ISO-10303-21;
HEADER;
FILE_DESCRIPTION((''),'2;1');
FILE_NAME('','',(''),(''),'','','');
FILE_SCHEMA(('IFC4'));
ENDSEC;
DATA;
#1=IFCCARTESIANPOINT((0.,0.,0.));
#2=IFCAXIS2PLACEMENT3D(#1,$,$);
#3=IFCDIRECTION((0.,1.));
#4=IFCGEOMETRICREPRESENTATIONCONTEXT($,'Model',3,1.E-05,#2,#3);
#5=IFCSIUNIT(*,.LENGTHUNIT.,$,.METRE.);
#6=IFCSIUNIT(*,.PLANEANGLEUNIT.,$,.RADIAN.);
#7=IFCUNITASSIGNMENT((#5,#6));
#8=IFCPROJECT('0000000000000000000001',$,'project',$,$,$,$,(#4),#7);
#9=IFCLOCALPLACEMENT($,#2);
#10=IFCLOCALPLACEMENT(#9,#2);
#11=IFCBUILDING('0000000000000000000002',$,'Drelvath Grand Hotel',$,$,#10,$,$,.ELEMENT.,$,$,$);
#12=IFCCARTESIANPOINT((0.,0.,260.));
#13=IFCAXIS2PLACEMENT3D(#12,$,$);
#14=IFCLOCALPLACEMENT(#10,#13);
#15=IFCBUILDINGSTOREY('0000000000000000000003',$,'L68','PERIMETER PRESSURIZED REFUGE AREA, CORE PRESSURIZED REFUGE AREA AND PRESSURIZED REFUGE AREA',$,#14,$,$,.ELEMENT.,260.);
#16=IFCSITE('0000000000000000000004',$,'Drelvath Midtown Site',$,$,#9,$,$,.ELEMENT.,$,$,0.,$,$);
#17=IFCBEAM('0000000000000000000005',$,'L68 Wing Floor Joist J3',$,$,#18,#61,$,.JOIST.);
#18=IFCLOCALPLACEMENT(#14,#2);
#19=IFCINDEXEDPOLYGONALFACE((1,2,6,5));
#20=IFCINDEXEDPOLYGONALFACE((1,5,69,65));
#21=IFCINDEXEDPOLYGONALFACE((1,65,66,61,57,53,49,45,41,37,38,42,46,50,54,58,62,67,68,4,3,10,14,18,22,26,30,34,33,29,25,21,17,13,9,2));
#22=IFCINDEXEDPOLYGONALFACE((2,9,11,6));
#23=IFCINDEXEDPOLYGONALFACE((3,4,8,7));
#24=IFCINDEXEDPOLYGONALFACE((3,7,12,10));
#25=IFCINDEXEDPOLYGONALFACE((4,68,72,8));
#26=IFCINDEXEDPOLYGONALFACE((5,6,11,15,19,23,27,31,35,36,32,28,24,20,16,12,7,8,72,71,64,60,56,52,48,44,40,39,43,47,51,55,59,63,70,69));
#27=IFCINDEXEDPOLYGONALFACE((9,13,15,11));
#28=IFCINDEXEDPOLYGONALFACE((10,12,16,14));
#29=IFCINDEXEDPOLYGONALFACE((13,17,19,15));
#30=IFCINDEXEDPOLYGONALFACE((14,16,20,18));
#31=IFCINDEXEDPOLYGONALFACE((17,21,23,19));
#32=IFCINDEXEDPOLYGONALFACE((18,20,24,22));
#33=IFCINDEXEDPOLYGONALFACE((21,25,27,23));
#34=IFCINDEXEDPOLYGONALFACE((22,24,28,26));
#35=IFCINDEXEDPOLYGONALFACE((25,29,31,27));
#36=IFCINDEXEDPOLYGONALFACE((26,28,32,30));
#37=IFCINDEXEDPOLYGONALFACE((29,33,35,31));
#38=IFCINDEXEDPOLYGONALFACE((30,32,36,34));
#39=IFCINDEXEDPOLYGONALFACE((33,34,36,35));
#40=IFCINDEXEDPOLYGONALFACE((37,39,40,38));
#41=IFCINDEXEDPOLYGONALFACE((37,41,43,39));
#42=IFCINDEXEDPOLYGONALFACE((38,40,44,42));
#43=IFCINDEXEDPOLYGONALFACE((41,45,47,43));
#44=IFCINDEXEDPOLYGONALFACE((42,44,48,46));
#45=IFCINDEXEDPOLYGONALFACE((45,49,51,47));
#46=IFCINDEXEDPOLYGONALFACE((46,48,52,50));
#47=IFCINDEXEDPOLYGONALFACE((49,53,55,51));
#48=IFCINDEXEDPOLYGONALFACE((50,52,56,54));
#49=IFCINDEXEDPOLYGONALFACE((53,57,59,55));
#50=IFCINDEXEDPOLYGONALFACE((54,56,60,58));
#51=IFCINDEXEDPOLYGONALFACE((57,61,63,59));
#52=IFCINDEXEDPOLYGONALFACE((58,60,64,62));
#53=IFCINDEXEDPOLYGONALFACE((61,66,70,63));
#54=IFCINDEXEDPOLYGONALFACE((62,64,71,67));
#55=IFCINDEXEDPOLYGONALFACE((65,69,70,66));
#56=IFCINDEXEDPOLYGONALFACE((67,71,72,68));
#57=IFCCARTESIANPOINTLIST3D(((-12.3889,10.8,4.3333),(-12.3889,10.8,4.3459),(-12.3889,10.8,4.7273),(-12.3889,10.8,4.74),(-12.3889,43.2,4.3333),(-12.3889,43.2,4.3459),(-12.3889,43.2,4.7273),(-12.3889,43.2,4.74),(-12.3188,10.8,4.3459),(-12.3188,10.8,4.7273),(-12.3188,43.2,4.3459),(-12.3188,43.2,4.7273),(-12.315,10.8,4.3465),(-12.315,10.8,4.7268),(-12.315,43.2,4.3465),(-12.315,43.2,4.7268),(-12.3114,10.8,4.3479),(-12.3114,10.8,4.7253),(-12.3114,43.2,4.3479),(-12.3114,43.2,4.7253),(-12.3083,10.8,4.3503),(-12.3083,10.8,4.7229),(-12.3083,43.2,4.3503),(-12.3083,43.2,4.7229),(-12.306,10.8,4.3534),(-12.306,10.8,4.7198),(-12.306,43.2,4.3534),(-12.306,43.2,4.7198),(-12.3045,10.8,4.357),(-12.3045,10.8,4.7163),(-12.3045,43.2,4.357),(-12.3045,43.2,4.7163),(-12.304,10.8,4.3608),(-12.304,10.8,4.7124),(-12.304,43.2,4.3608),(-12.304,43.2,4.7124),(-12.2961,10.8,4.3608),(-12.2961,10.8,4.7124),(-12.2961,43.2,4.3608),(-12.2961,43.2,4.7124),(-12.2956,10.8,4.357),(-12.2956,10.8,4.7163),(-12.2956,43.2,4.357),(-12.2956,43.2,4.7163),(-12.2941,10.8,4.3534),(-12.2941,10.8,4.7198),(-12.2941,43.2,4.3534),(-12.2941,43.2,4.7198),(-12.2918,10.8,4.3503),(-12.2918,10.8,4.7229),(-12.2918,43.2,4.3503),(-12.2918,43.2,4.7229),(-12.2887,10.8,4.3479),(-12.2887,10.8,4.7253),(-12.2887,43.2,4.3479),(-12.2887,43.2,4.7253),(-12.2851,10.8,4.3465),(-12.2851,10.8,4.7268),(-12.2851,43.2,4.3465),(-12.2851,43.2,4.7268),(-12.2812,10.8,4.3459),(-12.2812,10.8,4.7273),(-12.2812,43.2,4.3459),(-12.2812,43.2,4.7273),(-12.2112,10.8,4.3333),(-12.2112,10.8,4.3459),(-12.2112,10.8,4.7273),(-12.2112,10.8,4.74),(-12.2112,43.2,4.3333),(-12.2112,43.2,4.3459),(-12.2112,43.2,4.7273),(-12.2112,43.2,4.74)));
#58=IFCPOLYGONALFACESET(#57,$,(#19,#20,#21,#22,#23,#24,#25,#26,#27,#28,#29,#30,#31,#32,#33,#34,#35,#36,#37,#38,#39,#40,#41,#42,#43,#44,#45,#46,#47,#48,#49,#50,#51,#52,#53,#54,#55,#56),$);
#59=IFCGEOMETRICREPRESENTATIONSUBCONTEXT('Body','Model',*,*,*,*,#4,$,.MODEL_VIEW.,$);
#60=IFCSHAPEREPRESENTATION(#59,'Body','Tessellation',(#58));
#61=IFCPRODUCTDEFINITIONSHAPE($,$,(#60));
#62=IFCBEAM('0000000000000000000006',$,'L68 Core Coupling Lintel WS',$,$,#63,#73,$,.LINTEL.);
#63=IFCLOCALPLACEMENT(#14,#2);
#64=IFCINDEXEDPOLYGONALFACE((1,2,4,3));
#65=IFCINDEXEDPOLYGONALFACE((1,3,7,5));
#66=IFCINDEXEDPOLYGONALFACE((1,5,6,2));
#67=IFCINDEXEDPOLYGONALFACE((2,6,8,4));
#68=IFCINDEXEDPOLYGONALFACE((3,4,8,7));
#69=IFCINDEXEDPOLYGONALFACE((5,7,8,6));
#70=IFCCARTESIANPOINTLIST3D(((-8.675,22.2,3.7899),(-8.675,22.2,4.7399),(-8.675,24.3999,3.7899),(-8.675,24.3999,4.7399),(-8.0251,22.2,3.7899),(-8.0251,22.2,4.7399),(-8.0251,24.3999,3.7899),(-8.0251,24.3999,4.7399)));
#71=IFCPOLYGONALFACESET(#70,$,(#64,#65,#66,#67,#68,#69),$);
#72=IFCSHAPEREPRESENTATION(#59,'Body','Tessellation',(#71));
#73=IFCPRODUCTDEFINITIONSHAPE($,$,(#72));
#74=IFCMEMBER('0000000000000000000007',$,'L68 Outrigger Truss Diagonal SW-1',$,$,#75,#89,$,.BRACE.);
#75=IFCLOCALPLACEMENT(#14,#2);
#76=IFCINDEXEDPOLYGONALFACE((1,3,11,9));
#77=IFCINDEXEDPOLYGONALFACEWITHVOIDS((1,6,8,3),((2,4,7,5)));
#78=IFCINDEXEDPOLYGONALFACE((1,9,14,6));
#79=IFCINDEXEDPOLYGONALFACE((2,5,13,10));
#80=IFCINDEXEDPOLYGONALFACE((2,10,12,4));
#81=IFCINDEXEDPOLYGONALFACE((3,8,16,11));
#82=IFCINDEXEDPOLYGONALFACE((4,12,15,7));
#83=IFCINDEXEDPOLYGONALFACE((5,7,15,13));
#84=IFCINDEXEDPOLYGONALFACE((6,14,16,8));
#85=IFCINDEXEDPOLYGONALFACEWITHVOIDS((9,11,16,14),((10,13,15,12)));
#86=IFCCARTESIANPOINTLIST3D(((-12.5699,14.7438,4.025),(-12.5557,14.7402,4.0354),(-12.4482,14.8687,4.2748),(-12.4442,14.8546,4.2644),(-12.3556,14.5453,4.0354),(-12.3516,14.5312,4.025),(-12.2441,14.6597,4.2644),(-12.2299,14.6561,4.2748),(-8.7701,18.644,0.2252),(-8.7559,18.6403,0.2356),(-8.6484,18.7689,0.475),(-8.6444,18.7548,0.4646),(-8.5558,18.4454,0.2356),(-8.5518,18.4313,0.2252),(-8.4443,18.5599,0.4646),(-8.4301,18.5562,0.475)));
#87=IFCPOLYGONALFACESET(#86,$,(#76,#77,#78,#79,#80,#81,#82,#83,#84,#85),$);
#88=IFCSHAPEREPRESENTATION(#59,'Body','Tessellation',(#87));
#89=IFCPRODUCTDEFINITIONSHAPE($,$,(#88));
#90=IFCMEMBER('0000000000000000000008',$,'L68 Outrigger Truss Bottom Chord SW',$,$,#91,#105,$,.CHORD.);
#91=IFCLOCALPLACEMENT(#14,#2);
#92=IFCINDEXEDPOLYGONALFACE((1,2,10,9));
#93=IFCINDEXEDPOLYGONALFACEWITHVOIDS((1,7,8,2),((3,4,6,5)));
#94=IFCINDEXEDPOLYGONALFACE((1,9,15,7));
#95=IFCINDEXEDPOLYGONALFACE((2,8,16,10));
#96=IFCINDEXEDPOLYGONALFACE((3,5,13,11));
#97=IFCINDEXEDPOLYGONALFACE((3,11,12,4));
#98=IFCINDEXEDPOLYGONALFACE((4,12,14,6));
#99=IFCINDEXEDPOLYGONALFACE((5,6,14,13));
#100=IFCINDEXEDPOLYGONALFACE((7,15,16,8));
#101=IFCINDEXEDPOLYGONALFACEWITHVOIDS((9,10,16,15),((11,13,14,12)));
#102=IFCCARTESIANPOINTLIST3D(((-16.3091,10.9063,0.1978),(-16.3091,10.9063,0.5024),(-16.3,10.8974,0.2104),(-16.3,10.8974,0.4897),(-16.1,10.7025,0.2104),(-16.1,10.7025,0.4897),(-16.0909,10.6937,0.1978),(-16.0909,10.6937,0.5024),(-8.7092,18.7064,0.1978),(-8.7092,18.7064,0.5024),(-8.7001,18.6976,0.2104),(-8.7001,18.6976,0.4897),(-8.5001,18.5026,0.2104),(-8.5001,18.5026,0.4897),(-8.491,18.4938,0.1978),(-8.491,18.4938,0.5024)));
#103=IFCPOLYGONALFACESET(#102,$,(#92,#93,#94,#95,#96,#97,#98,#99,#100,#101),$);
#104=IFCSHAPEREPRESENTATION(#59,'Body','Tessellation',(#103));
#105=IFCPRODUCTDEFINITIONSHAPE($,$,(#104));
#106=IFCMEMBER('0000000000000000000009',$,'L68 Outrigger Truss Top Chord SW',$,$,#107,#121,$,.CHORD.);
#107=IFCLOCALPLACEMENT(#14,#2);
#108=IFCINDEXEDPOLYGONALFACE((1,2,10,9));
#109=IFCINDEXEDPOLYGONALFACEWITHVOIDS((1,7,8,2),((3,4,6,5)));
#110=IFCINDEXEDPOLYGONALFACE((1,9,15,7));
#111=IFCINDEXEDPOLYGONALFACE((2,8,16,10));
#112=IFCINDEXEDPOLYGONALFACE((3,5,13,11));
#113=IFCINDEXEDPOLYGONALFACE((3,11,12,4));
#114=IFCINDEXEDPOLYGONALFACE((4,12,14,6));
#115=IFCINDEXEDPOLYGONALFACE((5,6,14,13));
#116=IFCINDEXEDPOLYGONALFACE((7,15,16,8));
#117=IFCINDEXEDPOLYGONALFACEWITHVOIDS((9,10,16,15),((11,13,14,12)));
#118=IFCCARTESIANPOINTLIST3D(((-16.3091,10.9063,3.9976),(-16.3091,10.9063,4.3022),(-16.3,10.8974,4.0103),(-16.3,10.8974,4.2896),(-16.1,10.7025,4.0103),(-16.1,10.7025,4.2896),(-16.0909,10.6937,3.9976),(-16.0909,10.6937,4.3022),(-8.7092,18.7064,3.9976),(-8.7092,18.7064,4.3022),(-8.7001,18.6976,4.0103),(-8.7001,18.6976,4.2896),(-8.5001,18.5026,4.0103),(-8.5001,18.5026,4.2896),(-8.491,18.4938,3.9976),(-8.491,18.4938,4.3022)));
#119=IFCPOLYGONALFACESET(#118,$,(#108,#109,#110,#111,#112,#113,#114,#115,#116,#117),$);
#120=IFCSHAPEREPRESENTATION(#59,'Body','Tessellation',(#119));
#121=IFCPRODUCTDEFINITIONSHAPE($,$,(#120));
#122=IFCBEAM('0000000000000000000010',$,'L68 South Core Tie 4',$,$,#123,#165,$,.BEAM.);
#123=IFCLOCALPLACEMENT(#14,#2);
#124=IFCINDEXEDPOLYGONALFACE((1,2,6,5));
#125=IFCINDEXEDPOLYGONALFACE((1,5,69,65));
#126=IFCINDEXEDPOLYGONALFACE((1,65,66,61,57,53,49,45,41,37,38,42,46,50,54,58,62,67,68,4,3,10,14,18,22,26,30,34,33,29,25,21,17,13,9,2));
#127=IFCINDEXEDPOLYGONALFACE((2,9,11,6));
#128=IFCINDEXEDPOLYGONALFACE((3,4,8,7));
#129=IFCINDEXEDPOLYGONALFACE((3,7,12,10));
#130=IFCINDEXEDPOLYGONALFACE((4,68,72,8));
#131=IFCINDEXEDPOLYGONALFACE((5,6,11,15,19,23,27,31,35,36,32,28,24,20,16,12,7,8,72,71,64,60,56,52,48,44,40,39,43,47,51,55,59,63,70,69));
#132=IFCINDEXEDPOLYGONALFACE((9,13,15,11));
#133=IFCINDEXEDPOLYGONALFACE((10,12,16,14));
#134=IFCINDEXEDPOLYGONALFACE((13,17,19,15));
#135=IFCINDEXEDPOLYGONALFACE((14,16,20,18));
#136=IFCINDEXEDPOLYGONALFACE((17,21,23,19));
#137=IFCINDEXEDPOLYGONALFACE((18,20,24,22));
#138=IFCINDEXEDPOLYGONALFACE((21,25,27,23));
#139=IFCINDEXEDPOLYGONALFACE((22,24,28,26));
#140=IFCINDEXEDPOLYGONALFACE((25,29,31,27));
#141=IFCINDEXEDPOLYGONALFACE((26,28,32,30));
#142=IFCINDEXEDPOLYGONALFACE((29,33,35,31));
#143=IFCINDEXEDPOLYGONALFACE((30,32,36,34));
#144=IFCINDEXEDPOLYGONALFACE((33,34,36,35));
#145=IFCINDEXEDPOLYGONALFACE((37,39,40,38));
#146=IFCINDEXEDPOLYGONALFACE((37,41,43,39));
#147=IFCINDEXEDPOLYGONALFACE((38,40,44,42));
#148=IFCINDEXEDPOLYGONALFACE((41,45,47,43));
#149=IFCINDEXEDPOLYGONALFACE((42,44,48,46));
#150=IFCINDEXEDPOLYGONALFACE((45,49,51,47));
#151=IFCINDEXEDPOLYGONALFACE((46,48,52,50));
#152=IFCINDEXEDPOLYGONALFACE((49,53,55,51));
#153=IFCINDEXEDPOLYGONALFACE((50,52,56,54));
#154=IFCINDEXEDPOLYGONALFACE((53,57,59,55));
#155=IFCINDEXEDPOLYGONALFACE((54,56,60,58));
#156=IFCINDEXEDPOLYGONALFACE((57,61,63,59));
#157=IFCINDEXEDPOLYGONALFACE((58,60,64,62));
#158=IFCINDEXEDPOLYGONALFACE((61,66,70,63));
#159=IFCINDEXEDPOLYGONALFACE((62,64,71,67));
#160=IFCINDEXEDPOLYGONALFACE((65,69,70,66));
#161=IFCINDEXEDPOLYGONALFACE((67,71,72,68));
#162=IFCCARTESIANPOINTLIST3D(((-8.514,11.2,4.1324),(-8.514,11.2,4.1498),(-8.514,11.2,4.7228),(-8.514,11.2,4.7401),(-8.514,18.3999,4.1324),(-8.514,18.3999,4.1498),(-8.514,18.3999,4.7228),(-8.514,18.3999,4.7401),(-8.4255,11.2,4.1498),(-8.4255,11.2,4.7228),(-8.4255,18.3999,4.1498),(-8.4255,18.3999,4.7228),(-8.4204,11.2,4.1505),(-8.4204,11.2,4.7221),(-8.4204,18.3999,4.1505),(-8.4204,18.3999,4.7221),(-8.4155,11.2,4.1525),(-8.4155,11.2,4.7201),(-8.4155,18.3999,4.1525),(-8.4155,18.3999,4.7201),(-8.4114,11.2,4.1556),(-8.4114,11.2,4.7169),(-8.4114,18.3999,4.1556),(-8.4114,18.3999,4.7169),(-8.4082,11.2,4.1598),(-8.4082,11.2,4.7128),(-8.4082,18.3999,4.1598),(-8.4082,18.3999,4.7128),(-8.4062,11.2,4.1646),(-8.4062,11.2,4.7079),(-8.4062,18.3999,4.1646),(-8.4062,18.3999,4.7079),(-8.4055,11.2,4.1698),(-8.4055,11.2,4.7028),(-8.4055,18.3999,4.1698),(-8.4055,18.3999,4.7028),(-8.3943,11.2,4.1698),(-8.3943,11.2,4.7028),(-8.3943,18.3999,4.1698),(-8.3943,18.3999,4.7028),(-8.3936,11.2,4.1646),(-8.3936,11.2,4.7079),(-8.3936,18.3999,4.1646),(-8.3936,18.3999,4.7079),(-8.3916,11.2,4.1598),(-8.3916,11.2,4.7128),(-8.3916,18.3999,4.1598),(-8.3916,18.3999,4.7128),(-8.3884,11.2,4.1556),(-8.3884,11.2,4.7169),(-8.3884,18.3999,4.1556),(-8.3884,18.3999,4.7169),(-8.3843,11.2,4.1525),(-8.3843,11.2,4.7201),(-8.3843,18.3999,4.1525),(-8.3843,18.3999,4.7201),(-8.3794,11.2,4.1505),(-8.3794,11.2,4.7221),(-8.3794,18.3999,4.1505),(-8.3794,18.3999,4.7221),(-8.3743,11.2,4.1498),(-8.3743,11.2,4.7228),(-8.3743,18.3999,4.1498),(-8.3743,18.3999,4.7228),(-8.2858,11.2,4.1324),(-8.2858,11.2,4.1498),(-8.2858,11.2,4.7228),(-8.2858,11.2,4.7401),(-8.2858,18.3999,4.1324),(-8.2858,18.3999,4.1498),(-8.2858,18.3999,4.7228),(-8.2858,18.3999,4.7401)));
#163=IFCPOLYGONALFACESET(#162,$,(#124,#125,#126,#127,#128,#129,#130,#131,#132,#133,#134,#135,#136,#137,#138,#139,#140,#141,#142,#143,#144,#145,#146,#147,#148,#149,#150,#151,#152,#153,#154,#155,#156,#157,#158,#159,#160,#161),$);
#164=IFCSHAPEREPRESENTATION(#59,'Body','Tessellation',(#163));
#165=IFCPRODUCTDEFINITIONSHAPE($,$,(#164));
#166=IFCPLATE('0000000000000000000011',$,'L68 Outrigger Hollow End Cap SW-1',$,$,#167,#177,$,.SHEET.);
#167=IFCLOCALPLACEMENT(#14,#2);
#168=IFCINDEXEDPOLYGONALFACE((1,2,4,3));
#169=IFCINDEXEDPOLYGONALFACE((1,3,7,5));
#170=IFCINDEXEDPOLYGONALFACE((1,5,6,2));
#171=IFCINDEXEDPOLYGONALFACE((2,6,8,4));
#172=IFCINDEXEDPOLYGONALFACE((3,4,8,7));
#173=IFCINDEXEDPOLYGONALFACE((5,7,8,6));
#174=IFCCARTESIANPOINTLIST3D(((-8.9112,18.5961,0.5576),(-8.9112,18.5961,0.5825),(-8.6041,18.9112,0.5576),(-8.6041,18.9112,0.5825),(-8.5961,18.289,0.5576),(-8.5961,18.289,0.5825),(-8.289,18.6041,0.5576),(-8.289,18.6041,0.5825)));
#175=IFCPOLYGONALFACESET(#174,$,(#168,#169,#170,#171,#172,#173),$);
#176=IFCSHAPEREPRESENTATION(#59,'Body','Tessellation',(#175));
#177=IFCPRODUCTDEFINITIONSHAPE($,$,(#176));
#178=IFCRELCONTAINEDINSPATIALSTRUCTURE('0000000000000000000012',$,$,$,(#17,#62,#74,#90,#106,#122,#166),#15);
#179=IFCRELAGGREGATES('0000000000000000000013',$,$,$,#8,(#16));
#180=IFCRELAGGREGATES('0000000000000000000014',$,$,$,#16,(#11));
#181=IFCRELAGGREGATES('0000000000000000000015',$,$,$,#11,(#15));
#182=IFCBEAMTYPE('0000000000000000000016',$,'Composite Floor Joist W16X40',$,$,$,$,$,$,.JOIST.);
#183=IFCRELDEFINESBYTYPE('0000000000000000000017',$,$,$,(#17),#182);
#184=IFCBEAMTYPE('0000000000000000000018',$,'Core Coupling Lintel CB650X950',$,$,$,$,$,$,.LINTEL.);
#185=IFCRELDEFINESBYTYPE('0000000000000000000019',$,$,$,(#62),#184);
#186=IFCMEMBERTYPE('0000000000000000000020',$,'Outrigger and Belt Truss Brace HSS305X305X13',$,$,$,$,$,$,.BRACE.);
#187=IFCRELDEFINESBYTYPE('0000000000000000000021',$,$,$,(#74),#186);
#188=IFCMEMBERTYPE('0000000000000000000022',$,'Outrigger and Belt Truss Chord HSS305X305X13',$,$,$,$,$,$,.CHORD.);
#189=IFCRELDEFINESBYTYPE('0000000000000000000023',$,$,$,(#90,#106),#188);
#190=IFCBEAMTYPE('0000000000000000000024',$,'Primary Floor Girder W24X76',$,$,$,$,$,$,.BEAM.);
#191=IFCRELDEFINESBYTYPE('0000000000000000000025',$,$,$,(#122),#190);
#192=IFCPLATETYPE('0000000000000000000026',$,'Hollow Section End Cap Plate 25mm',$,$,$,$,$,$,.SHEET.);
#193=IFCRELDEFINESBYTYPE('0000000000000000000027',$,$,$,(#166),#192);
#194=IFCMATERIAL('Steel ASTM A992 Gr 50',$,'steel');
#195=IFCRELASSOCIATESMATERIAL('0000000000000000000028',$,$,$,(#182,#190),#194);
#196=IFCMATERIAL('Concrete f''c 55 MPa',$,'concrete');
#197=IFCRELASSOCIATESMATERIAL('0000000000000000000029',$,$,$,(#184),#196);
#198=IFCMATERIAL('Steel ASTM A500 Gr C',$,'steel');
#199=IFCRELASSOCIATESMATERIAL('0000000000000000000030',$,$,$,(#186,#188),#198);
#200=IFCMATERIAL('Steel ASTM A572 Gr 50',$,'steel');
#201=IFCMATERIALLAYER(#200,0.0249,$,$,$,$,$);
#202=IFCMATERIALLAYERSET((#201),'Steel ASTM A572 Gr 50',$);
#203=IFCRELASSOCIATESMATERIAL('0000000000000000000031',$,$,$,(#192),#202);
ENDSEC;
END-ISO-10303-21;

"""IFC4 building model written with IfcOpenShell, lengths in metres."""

from ifc_helpers import new_model, si_unit, direction, frame, origin, origin_2d, place, context, subcontext, project, spatial, rectangle, hollow_rectangle, i_section, extrude, material, layer, layer_set, material_profile, profile_set, type_object, element, save


model = new_model("IFC4")

# Units and contexts
model_context = context("Model", 3, precision=1e-05, world=origin(), true_north=direction((0.0, 1.0)))
body_context = subcontext(model_context, "Body", "Model", "MODEL_VIEW")
ifc_project = project(units=[si_unit("LENGTHUNIT", "METRE"), si_unit("PLANEANGLEUNIT", "RADIAN")], contexts=[model_context])

# Site, building, storey
site_placement = place(None, origin())
site = spatial("IfcSite", under=ifc_project, at=site_placement, Name="Drelvath Midtown Site", CompositionType="ELEMENT", RefElevation=0.0)
building_placement = place(site_placement, origin())
building = spatial("IfcBuilding", under=site, at=building_placement, Name="Drelvath Grand Hotel", CompositionType="ELEMENT")
storey_placement = place(building_placement, frame((0.0, 0.0, 260.0)))
storey = spatial("IfcBuildingStorey", under=building, at=storey_placement, Name="L68", Description="PERIMETER PRESSURIZED REFUGE AREA, CORE PRESSURIZED REFUGE AREA AND PRESSURIZED REFUGE AREA", CompositionType="ELEMENT", Elevation=260.0)

# Beams
ifc_material_1 = material(Name="Steel ASTM A992 Gr 50", Category="steel")
ifc_material_profile_1 = material_profile(ifc_material_1, i_section(OverallWidth=0.1777, OverallDepth=0.4067, WebThickness=0.0078, FlangeThickness=0.0127, FilletRadius=0.0149, at=origin_2d()), Name="W16X40")
ifc_profile_set_1 = profile_set([ifc_material_profile_1], Name="Steel ASTM A992 Gr 50")
beam_type_1 = type_object("IfcBeamType", Name="Composite Floor Joist W16X40", PredefinedType="JOIST", material=ifc_profile_set_1)
beam_1_placement = place(storey_placement, frame((-12.3, 10.8, 4.5366), z_axis=(0.0, 1.0, 0.0), x_axis=(-1.0, 0.0, 0.0)))
element("IfcBeam", 1, at=beam_1_placement, inside=storey, type_object=beam_type_1, Name="L68 Wing Floor Joist J3", PredefinedType="JOIST", context=body_context, shape_type="SweptSolid", body=[
    extrude(i_section(OverallWidth=0.1777, OverallDepth=0.4067, WebThickness=0.0078, FlangeThickness=0.0127, FilletRadius=0.0149, at=origin_2d()), origin(), (0.0, 0.0, 1.0), 32.3999),
])
ifc_material_2 = material(Name="Concrete f'c 55 MPa", Category="concrete")
ifc_material_profile_2 = material_profile(ifc_material_2, rectangle(XDim=0.6499, YDim=0.95, at=origin_2d()), Name="CB650X950")
ifc_profile_set_2 = profile_set([ifc_material_profile_2], Name="Concrete f'c 55 MPa")
beam_type_2 = type_object("IfcBeamType", Name="Core Coupling Lintel CB650X950", PredefinedType="LINTEL", material=ifc_profile_set_2)
beam_2_placement = place(storey_placement, frame((-8.3501, 22.2, 4.2649), z_axis=(0.0, 1.0, 0.0), x_axis=(-1.0, 0.0, 0.0)))
element("IfcBeam", 2, at=beam_2_placement, inside=storey, type_object=beam_type_2, Name="L68 Core Coupling Lintel WS", PredefinedType="LINTEL", context=body_context, shape_type="SweptSolid", body=[
    extrude(rectangle(XDim=0.6499, YDim=0.95, at=origin_2d()), origin(), (0.0, 0.0, 1.0), 2.2),
])

# Members
ifc_material_3 = material(Name="Steel ASTM A500 Gr C", Category="steel")
ifc_material_profile_3 = material_profile(ifc_material_3, hollow_rectangle(XDim=0.3047, YDim=0.3047, WallThickness=0.0127, at=origin_2d()), Name="HSS305X305X13")
ifc_profile_set_3 = profile_set([ifc_material_profile_3], Name="Steel ASTM A500 Gr C")
member_type_1 = type_object("IfcMemberType", Name="Outrigger and Belt Truss Brace HSS305X305X13", PredefinedType="BRACE", material=ifc_profile_set_3)
member_placement = place(storey_placement, frame((-8.6001, 18.6001, 0.3501), z_axis=(-0.572269, -0.587381, 0.572269), x_axis=(0.716261, -0.697833, 0.0)))
element("IfcMember", 3, at=member_placement, inside=storey, type_object=member_type_1, Name="L68 Outrigger Truss Diagonal SW-1", PredefinedType="BRACE", context=body_context, shape_type="SweptSolid", body=[
    extrude(hollow_rectangle(XDim=0.3047, YDim=0.3047, WallThickness=0.0127, at=origin_2d()), origin(), (0.0, 0.0, 1.0), 6.6399),
])
ifc_material_profile_4 = material_profile(ifc_material_3, hollow_rectangle(XDim=0.3047, YDim=0.3047, WallThickness=0.0127, at=origin_2d()), Name="HSS305X305X13")
ifc_profile_set_4 = profile_set([ifc_material_profile_4], Name="Steel ASTM A500 Gr C")
member_type_2 = type_object("IfcMemberType", Name="Outrigger and Belt Truss Chord HSS305X305X13", PredefinedType="CHORD", material=ifc_profile_set_4)
for number, where, z_axis, x_axis, name in (
    (4, (-8.6001, 18.6001, 0.3501), (-0.697856, -0.716238, 0.0), (0.716238, -0.697856, 0.0), "L68 Outrigger Truss Bottom Chord SW"),
    (5, (-8.6001, 18.6001, 4.1499), (-0.697856, -0.716238, 0.0), (0.716238, -0.697856, 0.0), "L68 Outrigger Truss Top Chord SW"),
):
    element("IfcMember", number, at=place(storey_placement, frame(where, z_axis=z_axis, x_axis=x_axis)), inside=storey, type_object=member_type_2, Name=name, PredefinedType="CHORD", context=body_context, shape_type="SweptSolid", body=[
        extrude(hollow_rectangle(XDim=0.3047, YDim=0.3047, WallThickness=0.0127, at=origin_2d()), origin(), (0.0, 0.0, 1.0), 10.8904),
    ])

# Beam
ifc_material_profile_5 = material_profile(ifc_material_1, i_section(OverallWidth=0.2283, OverallDepth=0.6077, WebThickness=0.0112, FlangeThickness=0.0173, FilletRadius=0.02, at=origin_2d()), Name="W24X76")
ifc_profile_set_5 = profile_set([ifc_material_profile_5], Name="Steel ASTM A992 Gr 50")
beam_type_3 = type_object("IfcBeamType", Name="Primary Floor Girder W24X76", PredefinedType="BEAM", material=ifc_profile_set_5)
beam_3_placement = place(storey_placement, frame((-8.3999, 11.2, 4.4363), z_axis=(0.0, 1.0, 0.0), x_axis=(-1.0, 0.0, 0.0)))
element("IfcBeam", 6, at=beam_3_placement, inside=storey, type_object=beam_type_3, Name="L68 South Core Tie 4", PredefinedType="BEAM", context=body_context, shape_type="SweptSolid", body=[
    extrude(i_section(OverallWidth=0.2283, OverallDepth=0.6077, WebThickness=0.0112, FlangeThickness=0.0173, FilletRadius=0.02, at=origin_2d()), origin(), (0.0, 0.0, 1.0), 7.2),
])

# Plate
ifc_material_4 = material(Name="Steel ASTM A572 Gr 50", Category="steel")
ifc_layer_1 = layer(ifc_material_4, 0.0249)
ifc_layer_set_1 = layer_set([ifc_layer_1], Name="Steel ASTM A572 Gr 50")
plate_type_1 = type_object("IfcPlateType", Name="Hollow Section End Cap Plate 25mm", PredefinedType="SHEET", material=ifc_layer_set_1)
plate_1_placement = place(storey_placement, frame((-8.6001, 18.6001, 0.5576), z_axis=(0.0, 0.0, 1.0), x_axis=(-0.697865, -0.71623, 0.0)))
element("IfcPlate", 7, at=plate_1_placement, inside=storey, type_object=plate_type_1, Name="L68 Outrigger Hollow End Cap SW-1", PredefinedType="SHEET", context=body_context, shape_type="SweptSolid", body=[
    extrude(rectangle(XDim=0.4399, YDim=0.4399, at=origin_2d()), origin(), (0.0, 0.0, 1.0), 0.0249),
])

save(model, "model.ifc")
